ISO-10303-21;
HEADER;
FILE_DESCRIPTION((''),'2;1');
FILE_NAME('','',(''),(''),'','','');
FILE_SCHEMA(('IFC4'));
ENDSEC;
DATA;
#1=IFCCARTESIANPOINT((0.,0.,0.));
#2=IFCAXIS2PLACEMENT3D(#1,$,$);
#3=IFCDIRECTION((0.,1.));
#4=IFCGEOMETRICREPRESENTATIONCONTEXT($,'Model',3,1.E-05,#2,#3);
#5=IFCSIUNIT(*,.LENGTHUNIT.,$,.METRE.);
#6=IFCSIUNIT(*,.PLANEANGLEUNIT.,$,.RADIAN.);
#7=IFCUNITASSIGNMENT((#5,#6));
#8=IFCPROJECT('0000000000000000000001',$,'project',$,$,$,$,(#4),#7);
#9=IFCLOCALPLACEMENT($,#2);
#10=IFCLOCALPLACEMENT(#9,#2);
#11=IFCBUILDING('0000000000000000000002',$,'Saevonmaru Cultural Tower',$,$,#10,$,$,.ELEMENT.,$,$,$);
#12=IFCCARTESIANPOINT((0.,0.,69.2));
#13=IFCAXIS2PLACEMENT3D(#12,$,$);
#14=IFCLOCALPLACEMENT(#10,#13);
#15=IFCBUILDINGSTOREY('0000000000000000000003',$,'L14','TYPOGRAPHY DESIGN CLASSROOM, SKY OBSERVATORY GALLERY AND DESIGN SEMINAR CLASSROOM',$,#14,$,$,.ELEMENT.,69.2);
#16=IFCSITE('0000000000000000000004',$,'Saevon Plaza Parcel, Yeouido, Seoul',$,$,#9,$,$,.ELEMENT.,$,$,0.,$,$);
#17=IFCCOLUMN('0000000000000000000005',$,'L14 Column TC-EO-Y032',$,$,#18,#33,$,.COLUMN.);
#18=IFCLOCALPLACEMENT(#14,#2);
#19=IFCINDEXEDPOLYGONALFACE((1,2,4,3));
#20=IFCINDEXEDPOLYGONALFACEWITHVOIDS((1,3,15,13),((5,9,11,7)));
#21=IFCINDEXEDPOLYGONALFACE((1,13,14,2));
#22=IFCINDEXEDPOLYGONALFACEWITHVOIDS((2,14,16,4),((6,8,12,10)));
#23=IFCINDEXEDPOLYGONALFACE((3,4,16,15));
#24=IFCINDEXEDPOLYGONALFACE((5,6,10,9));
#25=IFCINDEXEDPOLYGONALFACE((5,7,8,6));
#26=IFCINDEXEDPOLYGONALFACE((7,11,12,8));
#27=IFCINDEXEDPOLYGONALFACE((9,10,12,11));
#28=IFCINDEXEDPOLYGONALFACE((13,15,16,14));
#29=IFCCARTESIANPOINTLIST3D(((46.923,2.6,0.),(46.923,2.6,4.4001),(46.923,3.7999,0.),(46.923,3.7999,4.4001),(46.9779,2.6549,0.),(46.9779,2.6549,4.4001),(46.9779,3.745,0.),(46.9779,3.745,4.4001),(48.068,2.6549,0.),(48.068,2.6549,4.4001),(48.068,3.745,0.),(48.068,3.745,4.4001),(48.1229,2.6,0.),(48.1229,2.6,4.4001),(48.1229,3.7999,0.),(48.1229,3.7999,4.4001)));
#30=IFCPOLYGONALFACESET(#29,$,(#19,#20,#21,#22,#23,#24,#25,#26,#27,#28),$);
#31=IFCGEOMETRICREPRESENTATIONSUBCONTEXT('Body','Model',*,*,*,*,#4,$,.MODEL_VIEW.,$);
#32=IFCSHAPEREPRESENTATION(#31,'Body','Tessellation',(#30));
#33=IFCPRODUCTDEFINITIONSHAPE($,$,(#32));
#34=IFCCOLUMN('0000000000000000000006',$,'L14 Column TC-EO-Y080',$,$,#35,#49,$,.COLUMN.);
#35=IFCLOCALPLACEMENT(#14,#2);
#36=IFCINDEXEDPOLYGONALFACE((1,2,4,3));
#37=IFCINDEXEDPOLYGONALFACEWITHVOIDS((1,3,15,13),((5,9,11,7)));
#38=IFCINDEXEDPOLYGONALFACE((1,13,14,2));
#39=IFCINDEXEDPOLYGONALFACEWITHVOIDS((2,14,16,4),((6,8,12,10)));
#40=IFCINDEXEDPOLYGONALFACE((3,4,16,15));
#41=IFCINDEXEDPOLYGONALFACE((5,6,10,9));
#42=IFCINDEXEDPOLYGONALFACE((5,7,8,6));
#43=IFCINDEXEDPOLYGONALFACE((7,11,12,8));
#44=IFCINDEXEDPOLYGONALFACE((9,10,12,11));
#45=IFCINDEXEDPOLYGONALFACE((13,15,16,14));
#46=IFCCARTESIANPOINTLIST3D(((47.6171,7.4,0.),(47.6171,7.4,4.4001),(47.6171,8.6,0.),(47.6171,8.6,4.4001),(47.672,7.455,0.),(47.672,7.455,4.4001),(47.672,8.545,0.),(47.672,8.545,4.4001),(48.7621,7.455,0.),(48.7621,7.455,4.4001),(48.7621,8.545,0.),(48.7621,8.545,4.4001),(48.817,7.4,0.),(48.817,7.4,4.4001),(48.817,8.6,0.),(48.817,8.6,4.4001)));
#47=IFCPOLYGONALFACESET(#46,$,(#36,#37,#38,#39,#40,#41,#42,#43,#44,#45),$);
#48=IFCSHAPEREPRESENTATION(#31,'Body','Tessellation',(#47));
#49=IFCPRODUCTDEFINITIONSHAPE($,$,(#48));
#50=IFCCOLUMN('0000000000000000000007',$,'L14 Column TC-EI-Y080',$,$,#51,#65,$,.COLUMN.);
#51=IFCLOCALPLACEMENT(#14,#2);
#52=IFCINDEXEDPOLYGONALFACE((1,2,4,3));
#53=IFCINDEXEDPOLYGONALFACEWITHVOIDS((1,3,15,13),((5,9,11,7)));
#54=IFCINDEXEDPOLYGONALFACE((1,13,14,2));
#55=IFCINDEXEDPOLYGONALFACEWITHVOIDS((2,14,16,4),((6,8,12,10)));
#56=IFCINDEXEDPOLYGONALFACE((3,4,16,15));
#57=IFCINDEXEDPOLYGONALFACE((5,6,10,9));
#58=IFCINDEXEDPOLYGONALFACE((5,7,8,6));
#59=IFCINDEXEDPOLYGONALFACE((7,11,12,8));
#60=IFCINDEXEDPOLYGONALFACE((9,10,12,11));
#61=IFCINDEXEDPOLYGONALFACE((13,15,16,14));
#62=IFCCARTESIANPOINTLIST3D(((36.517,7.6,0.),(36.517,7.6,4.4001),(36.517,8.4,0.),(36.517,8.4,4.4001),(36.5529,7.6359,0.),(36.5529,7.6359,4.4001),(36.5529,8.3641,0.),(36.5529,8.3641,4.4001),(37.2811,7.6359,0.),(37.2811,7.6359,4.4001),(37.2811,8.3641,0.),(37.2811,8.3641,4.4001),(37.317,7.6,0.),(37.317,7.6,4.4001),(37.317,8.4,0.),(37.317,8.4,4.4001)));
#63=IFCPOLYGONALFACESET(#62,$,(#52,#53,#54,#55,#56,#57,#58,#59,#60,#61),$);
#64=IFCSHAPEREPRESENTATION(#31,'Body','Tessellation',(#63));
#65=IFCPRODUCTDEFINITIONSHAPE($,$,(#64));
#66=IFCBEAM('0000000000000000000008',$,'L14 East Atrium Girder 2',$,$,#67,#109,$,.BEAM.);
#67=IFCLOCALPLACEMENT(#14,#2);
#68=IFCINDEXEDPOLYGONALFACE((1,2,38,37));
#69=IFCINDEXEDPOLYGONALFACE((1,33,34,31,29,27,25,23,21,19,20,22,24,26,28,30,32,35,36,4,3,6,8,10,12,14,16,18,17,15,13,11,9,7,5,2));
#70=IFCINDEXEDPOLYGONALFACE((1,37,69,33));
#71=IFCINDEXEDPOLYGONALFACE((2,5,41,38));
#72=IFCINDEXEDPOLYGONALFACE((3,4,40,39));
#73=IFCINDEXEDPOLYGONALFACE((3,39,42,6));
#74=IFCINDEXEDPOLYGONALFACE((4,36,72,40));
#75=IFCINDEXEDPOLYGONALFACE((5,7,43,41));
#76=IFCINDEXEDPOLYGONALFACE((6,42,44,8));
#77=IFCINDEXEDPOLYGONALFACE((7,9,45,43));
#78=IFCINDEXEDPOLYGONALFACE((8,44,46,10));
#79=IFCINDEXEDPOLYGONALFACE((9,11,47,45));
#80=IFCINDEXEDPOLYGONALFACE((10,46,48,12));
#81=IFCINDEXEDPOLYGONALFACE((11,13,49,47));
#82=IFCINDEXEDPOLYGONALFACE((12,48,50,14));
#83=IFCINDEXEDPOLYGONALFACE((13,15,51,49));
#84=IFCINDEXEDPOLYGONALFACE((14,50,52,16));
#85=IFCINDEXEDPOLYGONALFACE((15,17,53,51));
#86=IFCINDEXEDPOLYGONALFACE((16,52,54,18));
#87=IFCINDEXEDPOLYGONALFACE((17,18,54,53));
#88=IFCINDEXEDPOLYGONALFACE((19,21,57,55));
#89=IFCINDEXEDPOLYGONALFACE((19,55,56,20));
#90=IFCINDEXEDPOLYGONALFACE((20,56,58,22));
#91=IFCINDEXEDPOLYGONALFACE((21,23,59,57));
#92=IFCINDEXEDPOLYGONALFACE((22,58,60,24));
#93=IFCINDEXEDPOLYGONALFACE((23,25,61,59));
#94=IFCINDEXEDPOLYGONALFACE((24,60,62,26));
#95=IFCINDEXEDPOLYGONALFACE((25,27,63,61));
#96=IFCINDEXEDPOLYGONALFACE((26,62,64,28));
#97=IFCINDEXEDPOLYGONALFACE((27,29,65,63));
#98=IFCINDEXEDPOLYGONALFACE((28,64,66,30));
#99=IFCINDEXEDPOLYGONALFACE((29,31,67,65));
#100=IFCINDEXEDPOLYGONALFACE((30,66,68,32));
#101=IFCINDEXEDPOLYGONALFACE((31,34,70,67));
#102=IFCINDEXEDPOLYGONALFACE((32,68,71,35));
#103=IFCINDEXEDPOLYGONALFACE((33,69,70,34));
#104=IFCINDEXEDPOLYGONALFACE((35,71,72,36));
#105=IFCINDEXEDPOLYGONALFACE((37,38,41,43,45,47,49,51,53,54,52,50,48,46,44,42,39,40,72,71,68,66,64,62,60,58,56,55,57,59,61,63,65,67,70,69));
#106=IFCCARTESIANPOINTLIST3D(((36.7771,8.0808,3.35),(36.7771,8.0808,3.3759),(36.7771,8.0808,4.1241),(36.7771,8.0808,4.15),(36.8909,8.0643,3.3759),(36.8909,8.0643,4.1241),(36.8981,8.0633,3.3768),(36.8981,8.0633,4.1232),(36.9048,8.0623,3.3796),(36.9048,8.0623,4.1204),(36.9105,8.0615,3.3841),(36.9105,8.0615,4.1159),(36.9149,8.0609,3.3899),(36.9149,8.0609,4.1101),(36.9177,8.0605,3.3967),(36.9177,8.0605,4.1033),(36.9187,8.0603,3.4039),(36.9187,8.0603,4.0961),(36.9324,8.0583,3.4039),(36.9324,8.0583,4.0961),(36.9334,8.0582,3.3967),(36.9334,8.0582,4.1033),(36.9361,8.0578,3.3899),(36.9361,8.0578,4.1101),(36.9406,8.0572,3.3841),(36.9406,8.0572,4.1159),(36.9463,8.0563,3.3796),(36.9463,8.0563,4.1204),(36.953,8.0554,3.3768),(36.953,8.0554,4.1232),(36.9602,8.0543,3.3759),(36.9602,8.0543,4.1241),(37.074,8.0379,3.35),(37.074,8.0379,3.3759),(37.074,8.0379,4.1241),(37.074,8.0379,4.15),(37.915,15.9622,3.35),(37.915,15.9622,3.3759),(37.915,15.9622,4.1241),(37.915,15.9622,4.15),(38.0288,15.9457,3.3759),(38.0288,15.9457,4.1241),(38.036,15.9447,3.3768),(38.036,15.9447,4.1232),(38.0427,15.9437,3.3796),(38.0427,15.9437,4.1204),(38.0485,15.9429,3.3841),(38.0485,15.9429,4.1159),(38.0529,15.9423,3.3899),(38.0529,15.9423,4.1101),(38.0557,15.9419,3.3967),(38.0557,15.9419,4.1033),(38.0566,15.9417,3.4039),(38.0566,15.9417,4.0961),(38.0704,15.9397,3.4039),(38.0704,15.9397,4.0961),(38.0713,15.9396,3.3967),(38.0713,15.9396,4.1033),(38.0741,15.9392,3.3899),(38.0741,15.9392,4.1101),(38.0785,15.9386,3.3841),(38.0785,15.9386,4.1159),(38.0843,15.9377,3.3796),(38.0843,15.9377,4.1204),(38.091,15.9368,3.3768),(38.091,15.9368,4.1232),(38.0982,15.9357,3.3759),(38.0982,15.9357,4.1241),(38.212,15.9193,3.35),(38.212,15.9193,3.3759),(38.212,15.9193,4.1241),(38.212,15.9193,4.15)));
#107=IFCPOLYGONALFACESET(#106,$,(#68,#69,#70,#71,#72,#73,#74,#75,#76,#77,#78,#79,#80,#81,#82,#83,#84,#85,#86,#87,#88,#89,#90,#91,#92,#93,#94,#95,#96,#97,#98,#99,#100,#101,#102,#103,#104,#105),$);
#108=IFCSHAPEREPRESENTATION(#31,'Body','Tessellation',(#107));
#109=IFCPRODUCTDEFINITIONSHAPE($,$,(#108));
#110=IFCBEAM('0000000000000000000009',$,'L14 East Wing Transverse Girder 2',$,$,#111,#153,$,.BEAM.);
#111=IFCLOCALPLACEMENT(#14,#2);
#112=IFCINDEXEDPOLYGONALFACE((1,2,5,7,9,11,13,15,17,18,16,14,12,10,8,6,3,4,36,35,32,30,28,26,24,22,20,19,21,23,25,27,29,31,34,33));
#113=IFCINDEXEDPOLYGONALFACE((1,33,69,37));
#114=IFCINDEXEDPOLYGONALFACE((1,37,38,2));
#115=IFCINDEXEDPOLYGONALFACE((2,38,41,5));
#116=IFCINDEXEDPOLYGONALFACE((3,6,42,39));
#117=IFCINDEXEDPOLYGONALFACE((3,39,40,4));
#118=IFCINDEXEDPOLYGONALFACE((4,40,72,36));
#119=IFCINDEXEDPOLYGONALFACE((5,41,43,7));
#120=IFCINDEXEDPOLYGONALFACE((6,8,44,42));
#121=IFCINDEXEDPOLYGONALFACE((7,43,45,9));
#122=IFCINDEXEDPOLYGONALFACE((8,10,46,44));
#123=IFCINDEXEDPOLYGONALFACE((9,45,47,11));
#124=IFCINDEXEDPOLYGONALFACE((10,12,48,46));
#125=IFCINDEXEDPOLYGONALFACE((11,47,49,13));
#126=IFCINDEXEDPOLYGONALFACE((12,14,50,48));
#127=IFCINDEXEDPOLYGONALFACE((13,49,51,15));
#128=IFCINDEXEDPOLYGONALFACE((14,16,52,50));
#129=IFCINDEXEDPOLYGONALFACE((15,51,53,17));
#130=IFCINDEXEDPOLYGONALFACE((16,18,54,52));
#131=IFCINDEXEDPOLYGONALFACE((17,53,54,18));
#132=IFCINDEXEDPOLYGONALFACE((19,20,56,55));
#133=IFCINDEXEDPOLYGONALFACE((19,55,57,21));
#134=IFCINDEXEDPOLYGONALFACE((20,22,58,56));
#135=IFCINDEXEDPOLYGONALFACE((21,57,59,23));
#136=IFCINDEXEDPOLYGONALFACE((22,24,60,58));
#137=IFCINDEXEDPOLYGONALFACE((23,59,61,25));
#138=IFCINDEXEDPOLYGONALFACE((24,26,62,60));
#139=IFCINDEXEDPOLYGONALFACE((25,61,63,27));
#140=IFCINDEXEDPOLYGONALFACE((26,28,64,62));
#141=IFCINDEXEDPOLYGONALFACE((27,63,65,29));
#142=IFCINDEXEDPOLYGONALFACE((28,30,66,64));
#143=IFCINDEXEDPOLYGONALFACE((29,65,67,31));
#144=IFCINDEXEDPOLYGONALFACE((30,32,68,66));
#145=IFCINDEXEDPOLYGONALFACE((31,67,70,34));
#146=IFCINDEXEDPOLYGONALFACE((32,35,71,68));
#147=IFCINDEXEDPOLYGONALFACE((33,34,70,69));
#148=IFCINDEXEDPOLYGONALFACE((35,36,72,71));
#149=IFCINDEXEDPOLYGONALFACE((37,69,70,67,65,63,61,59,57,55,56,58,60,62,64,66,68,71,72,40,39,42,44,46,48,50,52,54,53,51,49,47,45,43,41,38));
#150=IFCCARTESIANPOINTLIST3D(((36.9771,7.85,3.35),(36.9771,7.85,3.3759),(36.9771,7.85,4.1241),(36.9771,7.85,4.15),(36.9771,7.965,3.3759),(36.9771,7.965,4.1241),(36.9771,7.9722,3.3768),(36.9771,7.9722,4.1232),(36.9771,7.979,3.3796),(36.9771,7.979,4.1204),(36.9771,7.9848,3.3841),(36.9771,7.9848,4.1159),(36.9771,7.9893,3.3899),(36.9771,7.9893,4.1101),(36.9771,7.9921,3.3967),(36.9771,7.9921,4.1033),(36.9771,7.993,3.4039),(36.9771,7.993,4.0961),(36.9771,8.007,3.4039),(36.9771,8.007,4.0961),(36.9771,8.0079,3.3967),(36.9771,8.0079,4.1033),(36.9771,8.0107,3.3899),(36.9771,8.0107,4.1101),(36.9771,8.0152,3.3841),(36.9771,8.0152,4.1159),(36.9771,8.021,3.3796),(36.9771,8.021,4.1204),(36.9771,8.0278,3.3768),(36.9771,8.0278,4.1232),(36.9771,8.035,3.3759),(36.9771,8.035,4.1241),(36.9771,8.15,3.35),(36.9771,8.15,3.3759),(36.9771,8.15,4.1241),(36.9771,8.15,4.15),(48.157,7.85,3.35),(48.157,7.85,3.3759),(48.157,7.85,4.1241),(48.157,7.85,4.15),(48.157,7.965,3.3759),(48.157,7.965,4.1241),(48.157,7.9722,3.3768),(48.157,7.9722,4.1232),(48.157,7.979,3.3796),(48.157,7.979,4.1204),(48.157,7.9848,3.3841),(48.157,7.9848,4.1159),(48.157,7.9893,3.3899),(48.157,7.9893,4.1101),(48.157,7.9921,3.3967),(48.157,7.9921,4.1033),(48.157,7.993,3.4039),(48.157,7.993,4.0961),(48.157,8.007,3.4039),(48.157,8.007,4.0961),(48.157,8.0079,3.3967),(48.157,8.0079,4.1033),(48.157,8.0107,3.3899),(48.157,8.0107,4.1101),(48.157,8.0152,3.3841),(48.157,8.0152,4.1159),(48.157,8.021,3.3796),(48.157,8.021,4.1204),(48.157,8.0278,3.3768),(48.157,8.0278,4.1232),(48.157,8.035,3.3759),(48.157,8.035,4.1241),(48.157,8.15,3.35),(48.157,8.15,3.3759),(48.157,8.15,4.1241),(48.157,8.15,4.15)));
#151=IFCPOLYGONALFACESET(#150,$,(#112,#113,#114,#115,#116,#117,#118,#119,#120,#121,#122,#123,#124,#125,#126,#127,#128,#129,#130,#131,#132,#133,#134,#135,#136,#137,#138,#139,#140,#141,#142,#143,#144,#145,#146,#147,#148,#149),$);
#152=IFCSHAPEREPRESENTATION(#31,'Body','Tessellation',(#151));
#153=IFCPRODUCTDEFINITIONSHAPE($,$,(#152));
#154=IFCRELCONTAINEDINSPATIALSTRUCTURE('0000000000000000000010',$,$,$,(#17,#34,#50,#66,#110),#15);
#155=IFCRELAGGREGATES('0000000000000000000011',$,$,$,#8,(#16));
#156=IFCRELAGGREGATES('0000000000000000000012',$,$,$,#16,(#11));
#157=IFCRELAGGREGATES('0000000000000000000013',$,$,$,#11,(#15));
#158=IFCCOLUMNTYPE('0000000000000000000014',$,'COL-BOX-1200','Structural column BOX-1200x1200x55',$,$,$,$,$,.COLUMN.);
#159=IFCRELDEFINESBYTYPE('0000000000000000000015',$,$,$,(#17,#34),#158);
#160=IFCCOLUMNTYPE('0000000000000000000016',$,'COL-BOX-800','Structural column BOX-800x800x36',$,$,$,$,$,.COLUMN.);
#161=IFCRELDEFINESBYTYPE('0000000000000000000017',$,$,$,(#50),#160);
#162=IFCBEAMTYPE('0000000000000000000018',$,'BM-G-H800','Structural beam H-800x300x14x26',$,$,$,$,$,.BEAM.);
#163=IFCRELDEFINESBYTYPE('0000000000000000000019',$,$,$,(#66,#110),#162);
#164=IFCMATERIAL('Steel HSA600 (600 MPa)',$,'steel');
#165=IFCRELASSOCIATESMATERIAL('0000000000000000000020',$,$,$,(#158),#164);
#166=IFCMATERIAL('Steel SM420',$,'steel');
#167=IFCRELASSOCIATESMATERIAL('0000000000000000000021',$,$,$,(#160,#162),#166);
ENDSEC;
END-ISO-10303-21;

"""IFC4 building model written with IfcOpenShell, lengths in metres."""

from ifc_helpers import new_model, si_unit, direction, frame, origin, origin_2d, place, context, subcontext, project, spatial, hollow_rectangle, i_section, extrude, material, material_profile, profile_set, type_object, element, save


model = new_model("IFC4")

# Units and contexts
model_context = context("Model", 3, precision=1e-05, world=origin(), true_north=direction((0.0, 1.0)))
body_context = subcontext(model_context, "Body", "Model", "MODEL_VIEW")
ifc_project = project(units=[si_unit("LENGTHUNIT", "METRE"), si_unit("PLANEANGLEUNIT", "RADIAN")], contexts=[model_context])

# Site, building, storey
site_placement = place(None, origin())
site = spatial("IfcSite", under=ifc_project, at=site_placement, Name="Saevon Plaza Parcel, Yeouido, Seoul", CompositionType="ELEMENT", RefElevation=0.0)
building_placement = place(site_placement, origin())
building = spatial("IfcBuilding", under=site, at=building_placement, Name="Saevonmaru Cultural Tower", CompositionType="ELEMENT")
storey_placement = place(building_placement, frame((0.0, 0.0, 69.2)))
storey = spatial("IfcBuildingStorey", under=building, at=storey_placement, Name="L14", Description="TYPOGRAPHY DESIGN CLASSROOM, SKY OBSERVATORY GALLERY AND DESIGN SEMINAR CLASSROOM", CompositionType="ELEMENT", Elevation=69.2)

# Columns
ifc_material_1 = material(Name="Steel HSA600 (600 MPa)", Category="steel")
ifc_material_profile_1 = material_profile(ifc_material_1, hollow_rectangle(XDim=1.2, YDim=1.2, WallThickness=0.0549, at=origin_2d()), Name="BOX-1200x1200x55")
ifc_profile_set_1 = profile_set([ifc_material_profile_1], Name="Steel HSA600 (600 MPa)")
column_type_1 = type_object("IfcColumnType", Name="COL-BOX-1200", Description="Structural column BOX-1200x1200x55", PredefinedType="COLUMN", material=ifc_profile_set_1)
for number, where, z_axis, x_axis, name in (
    (1, (47.5229, 3.2, 0.0), (0.0, 0.0, 1.0), (1.0, 0.0, 0.0), "L14 Column TC-EO-Y032"),
    (2, (48.217, 8.0, 0.0), (0.0, 0.0, 1.0), (1.0, 0.0, 0.0), "L14 Column TC-EO-Y080"),
):
    element("IfcColumn", number, at=place(storey_placement, frame(where, z_axis=z_axis, x_axis=x_axis)), inside=storey, type_object=column_type_1, Name=name, PredefinedType="COLUMN", context=body_context, shape_type="SweptSolid", body=[
        extrude(hollow_rectangle(XDim=1.2, YDim=1.2, WallThickness=0.0549, at=origin_2d()), origin(), (0.0, 0.0, 1.0), 4.4001),
    ])
ifc_material_2 = material(Name="Steel SM420", Category="steel")
ifc_material_profile_2 = material_profile(ifc_material_2, hollow_rectangle(XDim=0.8, YDim=0.8, WallThickness=0.0359, at=origin_2d()), Name="BOX-800x800x36")
ifc_profile_set_2 = profile_set([ifc_material_profile_2], Name="Steel SM420")
column_type_2 = type_object("IfcColumnType", Name="COL-BOX-800", Description="Structural column BOX-800x800x36", PredefinedType="COLUMN", material=ifc_profile_set_2)
column_placement = place(storey_placement, frame((36.917, 8.0, 0.0), z_axis=(0.0, 0.0, 1.0), x_axis=(1.0, 0.0, 0.0)))
element("IfcColumn", 3, at=column_placement, inside=storey, type_object=column_type_2, Name="L14 Column TC-EI-Y080", PredefinedType="COLUMN", context=body_context, shape_type="SweptSolid", body=[
    extrude(hollow_rectangle(XDim=0.8, YDim=0.8, WallThickness=0.0359, at=origin_2d()), origin(), (0.0, 0.0, 1.0), 4.4001),
])

# Beams
ifc_material_profile_3 = material_profile(ifc_material_2, i_section(OverallWidth=0.3, OverallDepth=0.8, WebThickness=0.0139, FlangeThickness=0.0259, FilletRadius=0.0281, at=origin_2d()), Name="H-800x300x14x26")
ifc_profile_set_3 = profile_set([ifc_material_profile_3], Name="Steel SM420")
beam_type_1 = type_object("IfcBeamType", Name="BM-G-H800", Description="Structural beam H-800x300x14x26", PredefinedType="BEAM", material=ifc_profile_set_3)
beam_1_placement = place(storey_placement, frame((36.9255, 8.0593, 3.75), z_axis=(0.142902, 0.989737, 0.0), x_axis=(-0.989737, 0.142902, 0.0)))
element("IfcBeam", 4, at=beam_1_placement, inside=storey, type_object=beam_type_1, Name="L14 East Atrium Girder 2", PredefinedType="BEAM", context=body_context, shape_type="SweptSolid", body=[
    extrude(i_section(OverallWidth=0.3, OverallDepth=0.8, WebThickness=0.0139, FlangeThickness=0.0259, FilletRadius=0.0281, at=origin_2d()), origin(), (0.0, 0.0, 1.0), 7.9631),
])
beam_2_placement = place(storey_placement, frame((36.9771, 8.0, 3.75), z_axis=(1.0, 0.0, 0.0), x_axis=(0.0, 1.0, 0.0)))
element("IfcBeam", 5, at=beam_2_placement, inside=storey, type_object=beam_type_1, Name="L14 East Wing Transverse Girder 2", PredefinedType="BEAM", context=body_context, shape_type="SweptSolid", body=[
    extrude(i_section(OverallWidth=0.3, OverallDepth=0.8, WebThickness=0.0139, FlangeThickness=0.0259, FilletRadius=0.0281, at=origin_2d()), origin(), (0.0, 0.0, 1.0), 11.1799),
])

save(model, "model.ifc")
